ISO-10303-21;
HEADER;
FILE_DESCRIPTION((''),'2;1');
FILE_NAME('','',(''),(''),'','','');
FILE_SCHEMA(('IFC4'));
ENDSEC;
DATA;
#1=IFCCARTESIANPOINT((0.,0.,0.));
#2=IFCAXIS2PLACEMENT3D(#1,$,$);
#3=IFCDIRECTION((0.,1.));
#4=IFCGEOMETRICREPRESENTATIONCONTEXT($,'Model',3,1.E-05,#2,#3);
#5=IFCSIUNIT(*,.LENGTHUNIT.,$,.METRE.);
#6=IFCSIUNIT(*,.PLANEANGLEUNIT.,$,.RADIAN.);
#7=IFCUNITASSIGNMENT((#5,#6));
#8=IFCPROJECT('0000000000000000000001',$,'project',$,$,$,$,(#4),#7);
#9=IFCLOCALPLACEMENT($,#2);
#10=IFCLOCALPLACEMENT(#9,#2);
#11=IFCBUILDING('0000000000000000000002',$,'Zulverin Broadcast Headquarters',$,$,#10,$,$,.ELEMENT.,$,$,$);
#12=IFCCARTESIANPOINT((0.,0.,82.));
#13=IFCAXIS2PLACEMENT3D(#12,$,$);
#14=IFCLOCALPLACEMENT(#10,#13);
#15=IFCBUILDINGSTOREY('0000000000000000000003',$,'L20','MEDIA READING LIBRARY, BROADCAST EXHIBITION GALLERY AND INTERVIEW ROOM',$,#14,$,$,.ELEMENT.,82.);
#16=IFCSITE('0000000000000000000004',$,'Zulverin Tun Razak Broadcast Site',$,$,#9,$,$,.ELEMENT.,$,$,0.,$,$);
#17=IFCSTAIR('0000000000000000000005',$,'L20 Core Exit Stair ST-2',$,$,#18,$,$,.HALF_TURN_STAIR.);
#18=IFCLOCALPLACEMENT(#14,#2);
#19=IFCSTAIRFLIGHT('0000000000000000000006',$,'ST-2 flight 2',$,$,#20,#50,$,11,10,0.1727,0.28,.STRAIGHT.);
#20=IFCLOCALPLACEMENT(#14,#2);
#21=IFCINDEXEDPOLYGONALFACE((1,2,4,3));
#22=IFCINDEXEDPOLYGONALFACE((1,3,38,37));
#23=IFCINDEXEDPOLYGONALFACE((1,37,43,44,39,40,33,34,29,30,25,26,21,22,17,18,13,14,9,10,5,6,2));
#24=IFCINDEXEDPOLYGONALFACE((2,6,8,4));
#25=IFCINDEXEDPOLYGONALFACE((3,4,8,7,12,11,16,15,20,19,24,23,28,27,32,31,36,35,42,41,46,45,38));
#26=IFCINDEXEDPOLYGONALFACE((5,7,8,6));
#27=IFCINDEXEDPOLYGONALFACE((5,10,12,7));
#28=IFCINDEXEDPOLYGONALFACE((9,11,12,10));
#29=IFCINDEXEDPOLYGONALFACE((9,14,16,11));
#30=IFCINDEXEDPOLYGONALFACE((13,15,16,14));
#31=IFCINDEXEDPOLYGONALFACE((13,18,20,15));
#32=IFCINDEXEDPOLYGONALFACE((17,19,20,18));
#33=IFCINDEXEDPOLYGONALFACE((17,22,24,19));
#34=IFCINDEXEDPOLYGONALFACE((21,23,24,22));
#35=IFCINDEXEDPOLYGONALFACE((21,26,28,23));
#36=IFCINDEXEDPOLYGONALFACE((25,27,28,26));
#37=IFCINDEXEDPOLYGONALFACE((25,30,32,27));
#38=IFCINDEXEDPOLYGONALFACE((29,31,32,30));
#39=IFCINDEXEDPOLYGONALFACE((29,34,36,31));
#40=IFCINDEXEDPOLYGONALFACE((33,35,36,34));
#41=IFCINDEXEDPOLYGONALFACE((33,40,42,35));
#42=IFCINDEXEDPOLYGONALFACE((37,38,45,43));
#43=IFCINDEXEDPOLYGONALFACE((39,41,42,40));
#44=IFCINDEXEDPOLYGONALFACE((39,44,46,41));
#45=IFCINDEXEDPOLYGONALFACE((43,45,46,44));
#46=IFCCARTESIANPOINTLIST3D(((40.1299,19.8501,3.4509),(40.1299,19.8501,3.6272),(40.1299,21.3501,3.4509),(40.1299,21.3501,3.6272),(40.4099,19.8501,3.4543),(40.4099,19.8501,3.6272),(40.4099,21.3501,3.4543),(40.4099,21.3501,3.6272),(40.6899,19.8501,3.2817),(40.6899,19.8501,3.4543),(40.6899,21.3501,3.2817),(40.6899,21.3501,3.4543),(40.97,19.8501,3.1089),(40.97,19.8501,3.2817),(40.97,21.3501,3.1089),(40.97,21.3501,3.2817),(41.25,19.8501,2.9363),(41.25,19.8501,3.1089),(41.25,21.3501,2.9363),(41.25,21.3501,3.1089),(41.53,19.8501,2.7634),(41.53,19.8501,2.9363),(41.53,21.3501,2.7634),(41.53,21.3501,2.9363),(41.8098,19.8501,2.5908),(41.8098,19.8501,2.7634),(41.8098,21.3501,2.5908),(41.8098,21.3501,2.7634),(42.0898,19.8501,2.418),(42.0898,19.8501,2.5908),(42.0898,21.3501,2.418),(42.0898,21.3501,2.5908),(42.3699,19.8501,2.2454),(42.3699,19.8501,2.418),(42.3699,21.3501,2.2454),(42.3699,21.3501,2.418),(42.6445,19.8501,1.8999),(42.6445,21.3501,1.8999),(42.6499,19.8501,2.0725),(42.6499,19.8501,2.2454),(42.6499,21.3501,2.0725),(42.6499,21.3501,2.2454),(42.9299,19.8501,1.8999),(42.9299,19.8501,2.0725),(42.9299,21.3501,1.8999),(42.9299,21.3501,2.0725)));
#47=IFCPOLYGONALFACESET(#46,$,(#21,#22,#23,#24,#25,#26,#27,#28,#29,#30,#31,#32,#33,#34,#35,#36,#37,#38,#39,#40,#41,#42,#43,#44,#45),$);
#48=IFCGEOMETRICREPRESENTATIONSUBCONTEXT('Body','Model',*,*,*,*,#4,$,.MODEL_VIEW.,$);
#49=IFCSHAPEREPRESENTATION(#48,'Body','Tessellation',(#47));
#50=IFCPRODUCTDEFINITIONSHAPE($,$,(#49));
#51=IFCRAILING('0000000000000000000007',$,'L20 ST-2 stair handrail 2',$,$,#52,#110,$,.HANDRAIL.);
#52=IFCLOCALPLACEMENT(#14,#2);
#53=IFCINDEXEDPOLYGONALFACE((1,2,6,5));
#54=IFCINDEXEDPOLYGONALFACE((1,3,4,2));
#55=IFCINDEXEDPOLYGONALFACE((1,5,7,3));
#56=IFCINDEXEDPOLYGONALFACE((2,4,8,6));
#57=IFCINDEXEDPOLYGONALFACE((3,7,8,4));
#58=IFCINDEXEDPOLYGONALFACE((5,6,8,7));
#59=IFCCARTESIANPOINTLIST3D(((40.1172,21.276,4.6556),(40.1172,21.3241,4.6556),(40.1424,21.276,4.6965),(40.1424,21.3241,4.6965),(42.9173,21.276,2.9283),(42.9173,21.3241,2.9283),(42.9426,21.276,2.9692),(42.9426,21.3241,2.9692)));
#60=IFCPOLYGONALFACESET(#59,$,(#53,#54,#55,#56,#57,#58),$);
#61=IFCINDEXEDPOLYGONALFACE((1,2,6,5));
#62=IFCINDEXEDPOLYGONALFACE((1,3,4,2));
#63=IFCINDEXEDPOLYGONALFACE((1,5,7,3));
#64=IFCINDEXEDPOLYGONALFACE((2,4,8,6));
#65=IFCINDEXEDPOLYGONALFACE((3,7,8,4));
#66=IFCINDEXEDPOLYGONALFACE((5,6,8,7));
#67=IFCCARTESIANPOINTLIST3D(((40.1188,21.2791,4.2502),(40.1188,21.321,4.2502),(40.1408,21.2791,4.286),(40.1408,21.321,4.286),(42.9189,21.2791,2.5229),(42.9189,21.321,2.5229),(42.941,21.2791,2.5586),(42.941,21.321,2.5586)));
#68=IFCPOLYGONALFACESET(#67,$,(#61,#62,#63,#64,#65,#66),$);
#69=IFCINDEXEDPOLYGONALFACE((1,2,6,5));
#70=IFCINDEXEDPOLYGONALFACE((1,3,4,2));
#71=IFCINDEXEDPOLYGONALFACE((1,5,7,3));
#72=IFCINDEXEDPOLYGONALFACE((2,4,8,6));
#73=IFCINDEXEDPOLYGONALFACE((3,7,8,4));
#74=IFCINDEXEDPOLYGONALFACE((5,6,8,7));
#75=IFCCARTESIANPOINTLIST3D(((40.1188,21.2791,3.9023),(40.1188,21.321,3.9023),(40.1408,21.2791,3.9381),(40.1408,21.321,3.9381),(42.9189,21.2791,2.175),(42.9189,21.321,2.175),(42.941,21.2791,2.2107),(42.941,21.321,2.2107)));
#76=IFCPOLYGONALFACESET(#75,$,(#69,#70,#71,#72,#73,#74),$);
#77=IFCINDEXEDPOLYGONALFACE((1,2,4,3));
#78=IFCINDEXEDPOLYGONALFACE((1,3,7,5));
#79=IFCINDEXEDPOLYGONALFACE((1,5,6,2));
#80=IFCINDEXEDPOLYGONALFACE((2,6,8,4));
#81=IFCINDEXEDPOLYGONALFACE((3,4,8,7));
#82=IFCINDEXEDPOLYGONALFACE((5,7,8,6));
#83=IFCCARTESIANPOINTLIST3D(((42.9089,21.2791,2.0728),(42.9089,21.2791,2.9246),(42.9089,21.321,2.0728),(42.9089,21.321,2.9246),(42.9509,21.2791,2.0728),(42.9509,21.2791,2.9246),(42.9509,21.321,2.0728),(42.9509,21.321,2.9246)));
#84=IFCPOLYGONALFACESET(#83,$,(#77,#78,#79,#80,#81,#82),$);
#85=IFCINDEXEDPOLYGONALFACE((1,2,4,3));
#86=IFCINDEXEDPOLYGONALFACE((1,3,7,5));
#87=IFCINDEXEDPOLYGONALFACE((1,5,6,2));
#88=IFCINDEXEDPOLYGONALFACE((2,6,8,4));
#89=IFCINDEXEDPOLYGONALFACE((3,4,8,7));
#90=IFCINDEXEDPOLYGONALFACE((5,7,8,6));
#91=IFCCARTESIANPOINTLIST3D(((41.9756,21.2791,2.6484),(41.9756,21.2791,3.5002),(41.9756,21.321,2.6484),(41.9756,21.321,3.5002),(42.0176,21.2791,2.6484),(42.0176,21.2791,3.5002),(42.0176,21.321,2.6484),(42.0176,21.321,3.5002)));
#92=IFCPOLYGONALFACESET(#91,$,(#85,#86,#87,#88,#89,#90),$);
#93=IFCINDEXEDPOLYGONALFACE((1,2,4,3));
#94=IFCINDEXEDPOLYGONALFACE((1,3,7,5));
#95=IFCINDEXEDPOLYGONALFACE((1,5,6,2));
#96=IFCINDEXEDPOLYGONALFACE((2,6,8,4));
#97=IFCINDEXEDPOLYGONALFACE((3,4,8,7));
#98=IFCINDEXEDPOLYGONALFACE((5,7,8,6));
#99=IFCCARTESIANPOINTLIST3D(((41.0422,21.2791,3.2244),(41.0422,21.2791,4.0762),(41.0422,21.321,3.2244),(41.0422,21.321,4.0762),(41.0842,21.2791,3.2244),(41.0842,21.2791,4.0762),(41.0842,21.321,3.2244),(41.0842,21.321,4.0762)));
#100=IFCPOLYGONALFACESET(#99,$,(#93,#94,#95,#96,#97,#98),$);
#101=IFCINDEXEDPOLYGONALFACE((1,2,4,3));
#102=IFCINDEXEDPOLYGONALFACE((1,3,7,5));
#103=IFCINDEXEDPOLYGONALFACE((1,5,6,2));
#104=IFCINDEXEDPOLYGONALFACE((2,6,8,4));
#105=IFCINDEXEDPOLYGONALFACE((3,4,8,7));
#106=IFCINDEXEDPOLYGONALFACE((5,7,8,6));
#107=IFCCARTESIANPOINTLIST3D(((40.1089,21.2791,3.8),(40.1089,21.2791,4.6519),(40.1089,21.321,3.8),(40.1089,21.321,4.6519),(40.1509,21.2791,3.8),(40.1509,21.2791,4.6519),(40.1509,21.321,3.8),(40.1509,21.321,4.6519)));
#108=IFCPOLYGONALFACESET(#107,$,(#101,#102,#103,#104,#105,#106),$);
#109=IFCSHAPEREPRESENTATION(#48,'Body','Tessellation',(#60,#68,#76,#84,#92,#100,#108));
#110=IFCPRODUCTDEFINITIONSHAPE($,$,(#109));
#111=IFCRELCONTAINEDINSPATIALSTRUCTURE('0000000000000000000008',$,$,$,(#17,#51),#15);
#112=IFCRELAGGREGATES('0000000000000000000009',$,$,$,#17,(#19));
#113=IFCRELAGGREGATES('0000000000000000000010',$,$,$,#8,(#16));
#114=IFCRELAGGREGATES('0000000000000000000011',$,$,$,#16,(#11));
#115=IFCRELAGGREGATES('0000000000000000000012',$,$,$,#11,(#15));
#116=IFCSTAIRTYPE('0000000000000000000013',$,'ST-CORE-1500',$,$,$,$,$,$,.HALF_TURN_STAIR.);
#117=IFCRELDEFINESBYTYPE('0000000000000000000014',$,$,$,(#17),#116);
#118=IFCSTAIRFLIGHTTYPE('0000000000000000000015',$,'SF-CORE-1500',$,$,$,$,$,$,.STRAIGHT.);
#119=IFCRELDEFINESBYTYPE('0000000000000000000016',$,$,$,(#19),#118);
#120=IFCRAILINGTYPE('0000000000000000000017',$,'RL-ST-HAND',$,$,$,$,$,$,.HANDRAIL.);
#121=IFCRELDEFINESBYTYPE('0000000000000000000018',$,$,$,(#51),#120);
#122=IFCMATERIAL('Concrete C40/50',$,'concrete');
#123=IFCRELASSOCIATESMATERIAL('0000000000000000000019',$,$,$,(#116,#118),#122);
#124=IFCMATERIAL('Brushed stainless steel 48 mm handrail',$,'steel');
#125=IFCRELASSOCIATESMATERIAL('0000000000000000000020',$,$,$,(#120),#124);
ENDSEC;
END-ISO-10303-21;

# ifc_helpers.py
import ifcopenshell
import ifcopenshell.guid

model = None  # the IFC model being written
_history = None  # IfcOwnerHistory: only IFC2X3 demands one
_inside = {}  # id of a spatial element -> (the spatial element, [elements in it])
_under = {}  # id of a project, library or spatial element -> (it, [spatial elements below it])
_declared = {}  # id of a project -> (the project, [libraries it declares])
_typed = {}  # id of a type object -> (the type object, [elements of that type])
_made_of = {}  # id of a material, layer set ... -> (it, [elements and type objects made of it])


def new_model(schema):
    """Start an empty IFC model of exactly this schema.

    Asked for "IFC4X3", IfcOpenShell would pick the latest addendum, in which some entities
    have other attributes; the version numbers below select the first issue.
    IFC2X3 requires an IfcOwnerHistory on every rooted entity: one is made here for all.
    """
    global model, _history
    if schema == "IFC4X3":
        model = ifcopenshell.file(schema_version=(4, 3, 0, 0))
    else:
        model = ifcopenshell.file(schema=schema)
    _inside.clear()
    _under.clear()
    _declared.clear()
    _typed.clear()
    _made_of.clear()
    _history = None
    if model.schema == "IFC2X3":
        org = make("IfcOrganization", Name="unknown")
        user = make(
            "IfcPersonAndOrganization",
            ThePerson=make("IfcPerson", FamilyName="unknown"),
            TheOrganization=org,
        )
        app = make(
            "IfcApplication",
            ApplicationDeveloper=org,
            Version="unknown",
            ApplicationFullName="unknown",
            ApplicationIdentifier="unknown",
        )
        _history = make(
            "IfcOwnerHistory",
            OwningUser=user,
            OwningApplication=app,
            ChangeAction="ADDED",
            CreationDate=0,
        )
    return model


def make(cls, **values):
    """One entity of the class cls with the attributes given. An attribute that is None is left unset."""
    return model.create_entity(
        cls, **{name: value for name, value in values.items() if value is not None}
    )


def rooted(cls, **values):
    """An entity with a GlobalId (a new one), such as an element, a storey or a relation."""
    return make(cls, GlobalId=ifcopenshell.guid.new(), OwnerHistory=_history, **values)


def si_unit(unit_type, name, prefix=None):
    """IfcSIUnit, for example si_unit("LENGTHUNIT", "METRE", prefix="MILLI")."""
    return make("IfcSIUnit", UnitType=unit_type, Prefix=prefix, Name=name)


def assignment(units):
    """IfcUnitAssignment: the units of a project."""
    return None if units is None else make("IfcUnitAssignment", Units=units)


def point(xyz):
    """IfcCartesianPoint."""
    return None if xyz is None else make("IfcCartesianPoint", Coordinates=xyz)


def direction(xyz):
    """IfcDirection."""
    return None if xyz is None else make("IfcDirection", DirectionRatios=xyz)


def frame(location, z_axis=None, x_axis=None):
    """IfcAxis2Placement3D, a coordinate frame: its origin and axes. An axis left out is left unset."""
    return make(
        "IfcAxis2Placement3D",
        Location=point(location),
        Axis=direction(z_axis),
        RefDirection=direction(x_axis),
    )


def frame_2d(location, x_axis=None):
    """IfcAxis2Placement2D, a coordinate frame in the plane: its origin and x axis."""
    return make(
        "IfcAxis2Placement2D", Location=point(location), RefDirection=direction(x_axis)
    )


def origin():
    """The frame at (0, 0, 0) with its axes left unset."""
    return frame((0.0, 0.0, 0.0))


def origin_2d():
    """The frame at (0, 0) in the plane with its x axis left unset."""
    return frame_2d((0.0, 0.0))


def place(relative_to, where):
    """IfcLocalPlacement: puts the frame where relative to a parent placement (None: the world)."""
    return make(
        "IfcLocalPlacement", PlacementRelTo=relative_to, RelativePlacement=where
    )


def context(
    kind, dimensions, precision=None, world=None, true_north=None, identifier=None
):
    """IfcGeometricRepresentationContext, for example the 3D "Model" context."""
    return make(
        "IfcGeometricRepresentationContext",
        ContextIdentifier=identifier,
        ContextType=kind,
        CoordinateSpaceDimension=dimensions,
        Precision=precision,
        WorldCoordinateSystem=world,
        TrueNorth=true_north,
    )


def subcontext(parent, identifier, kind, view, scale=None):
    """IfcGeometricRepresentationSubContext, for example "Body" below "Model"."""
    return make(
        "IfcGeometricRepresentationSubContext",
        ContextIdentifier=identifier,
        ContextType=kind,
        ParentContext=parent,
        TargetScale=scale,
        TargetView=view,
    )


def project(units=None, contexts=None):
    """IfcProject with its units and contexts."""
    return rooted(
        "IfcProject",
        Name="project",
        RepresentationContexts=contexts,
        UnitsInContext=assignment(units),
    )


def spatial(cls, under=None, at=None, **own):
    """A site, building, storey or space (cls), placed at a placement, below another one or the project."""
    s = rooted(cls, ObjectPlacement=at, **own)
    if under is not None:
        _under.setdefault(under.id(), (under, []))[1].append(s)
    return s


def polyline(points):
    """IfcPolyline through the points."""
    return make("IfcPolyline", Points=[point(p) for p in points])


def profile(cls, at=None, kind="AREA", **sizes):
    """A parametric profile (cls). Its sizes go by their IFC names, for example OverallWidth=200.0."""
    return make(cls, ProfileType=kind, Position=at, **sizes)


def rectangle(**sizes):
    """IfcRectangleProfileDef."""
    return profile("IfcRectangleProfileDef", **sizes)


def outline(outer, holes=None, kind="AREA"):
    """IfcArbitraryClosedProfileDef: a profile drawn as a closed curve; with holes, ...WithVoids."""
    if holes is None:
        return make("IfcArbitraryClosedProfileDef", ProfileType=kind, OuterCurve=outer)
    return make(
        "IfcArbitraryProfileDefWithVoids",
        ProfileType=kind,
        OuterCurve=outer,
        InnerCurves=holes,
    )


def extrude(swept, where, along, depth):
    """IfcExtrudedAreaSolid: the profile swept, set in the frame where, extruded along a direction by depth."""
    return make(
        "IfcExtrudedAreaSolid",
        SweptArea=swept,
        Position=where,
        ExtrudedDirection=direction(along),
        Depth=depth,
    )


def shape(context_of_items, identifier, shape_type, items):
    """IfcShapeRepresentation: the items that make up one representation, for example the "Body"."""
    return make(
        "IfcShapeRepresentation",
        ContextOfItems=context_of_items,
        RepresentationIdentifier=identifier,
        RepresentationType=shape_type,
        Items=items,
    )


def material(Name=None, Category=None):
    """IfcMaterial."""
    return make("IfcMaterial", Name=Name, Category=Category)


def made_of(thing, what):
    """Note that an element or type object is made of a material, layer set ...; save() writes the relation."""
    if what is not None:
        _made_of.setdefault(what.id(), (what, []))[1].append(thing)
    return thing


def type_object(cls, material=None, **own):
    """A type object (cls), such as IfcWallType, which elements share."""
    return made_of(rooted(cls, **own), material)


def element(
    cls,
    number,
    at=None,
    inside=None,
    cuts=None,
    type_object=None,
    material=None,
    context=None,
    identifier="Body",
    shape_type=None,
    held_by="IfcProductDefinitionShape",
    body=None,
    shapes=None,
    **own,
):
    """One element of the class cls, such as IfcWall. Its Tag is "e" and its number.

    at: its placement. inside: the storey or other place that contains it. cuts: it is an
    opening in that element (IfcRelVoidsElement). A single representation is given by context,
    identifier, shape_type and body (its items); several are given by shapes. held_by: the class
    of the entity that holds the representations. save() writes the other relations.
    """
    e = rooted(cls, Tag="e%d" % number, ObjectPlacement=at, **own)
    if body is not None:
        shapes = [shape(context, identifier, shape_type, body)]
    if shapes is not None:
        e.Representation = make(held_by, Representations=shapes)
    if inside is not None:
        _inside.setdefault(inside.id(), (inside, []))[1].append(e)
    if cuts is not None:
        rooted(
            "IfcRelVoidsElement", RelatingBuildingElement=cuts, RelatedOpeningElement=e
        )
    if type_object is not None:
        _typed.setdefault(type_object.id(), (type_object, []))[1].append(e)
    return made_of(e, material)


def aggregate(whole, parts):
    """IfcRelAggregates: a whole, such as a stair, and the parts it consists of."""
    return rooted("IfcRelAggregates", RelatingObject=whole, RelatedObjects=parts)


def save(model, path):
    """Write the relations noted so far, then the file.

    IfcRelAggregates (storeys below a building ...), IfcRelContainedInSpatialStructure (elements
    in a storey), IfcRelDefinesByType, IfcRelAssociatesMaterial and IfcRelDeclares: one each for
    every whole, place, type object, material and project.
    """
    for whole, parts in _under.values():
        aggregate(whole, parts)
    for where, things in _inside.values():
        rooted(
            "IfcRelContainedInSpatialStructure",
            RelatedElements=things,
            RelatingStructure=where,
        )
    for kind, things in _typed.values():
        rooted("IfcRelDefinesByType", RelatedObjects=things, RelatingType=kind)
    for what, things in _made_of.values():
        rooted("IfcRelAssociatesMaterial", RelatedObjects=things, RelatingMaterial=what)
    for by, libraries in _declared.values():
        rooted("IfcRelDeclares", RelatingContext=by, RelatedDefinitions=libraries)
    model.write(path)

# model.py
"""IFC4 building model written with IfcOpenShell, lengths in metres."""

from ifc_helpers import new_model, si_unit, direction, frame, origin, origin_2d, place, context, subcontext, project, spatial, polyline, rectangle, outline, extrude, material, type_object, element, aggregate, save


model = new_model("IFC4")

# Units and contexts
model_context = context("Model", 3, precision=1e-05, world=origin(), true_north=direction((0.0, 1.0)))
body_context = subcontext(model_context, "Body", "Model", "MODEL_VIEW")
ifc_project = project(units=[si_unit("LENGTHUNIT", "METRE"), si_unit("PLANEANGLEUNIT", "RADIAN")], contexts=[model_context])

# Site, building, storey
site_placement = place(None, origin())
site = spatial("IfcSite", under=ifc_project, at=site_placement, Name="Zulverin Tun Razak Broadcast Site", CompositionType="ELEMENT", RefElevation=0.0)
building_placement = place(site_placement, origin())
building = spatial("IfcBuilding", under=site, at=building_placement, Name="Zulverin Broadcast Headquarters", CompositionType="ELEMENT")
storey_placement = place(building_placement, frame((0.0, 0.0, 82.0)))
storey = spatial("IfcBuildingStorey", under=building, at=storey_placement, Name="L20", Description="MEDIA READING LIBRARY, BROADCAST EXHIBITION GALLERY AND INTERVIEW ROOM", CompositionType="ELEMENT", Elevation=82.0)

# Shared definitions
ifc_material_1 = material(Name="Concrete C40/50", Category="concrete")

# Stair, stair flight
stair_type = type_object("IfcStairType", Name="ST-CORE-1500", PredefinedType="HALF_TURN_STAIR", material=ifc_material_1)
stair_placement = place(storey_placement, origin())
stair = element("IfcStair", 1, at=stair_placement, inside=storey, type_object=stair_type, Name="L20 Core Exit Stair ST-2", PredefinedType="HALF_TURN_STAIR")
stair_flight_type = type_object("IfcStairFlightType", Name="SF-CORE-1500", PredefinedType="STRAIGHT", material=ifc_material_1)
stair_flight_placement = place(storey_placement, frame((42.9299, 20.6001, 1.8999), z_axis=(0.0, 0.0, 1.0), x_axis=(-1.0, 0.0, 0.0)))
stair_flight = element("IfcStairFlight", 2, at=stair_flight_placement, type_object=stair_flight_type, Name="ST-2 flight 2", NumberOfRisers=11, NumberOfTreads=10, PredefinedType="STRAIGHT", RiserHeight=0.1727, TreadLength=0.28, context=body_context, shape_type="SweptSolid", body=[
    extrude(outline(polyline([(0.0, 0.0), (0.0, 0.1726), (0.28, 0.1726), (0.28, 0.3455), (0.5601, 0.3455), (0.5601, 0.5181), (0.8401, 0.5181), (0.8401, 0.6909), (1.1201, 0.6909), (1.1201, 0.8635), (1.3999, 0.8635), (1.3999, 1.0364), (1.6799, 1.0364), (1.6799, 1.209), (1.96, 1.209), (1.96, 1.3818), (2.24, 1.3818), (2.24, 1.5544), (2.52, 1.5544), (2.52, 1.7273), (2.8, 1.7273), (2.8, 1.8999), (2.8, 1.551), (0.2854, 0.0), (0.0, 0.0)])), frame((0.0, 0.75, 0.0), z_axis=(0.0, -1.0, 0.0), x_axis=(1.0, 0.0, 0.0)), (0.0, 0.0, 1.0), 1.5),
])
aggregate(stair, [stair_flight])

# Railing
ifc_material_2 = material(Name="Brushed stainless steel 48 mm handrail", Category="steel")
railing_type = type_object("IfcRailingType", Name="RL-ST-HAND", PredefinedType="HANDRAIL", material=ifc_material_2)
railing_placement = place(storey_placement, frame((42.9299, 21.3, 2.0728)))
element("IfcRailing", 3, at=railing_placement, inside=storey, type_object=railing_type, Name="L20 ST-2 stair handrail 2", PredefinedType="HANDRAIL", context=body_context, shape_type="SweptSolid", body=[
    extrude(rectangle(XDim=0.0481, YDim=0.0481, at=origin_2d()), frame((0.0, 0.0, 0.876), z_axis=(-0.85109, 0.0, 0.52502), x_axis=(0.0, -1.0, 0.0)), (0.0, 0.0, 1.0), 3.29),
    extrude(rectangle(XDim=0.042, YDim=0.042, at=origin_2d()), frame((0.0, 0.0, 0.468), z_axis=(-0.85109, 0.0, 0.52502), x_axis=(0.0, -1.0, 0.0)), (0.0, 0.0, 1.0), 3.29),
    extrude(rectangle(XDim=0.042, YDim=0.042, at=origin_2d()), frame((0.0, 0.0, 0.1201), z_axis=(-0.85109, 0.0, 0.52502), x_axis=(0.0, -1.0, 0.0)), (0.0, 0.0, 1.0), 3.29),
    extrude(rectangle(XDim=0.042, YDim=0.042, at=origin_2d()), origin(), (0.0, 0.0, 1.0), 0.8518),
    extrude(rectangle(XDim=0.042, YDim=0.042, at=origin_2d()), frame((-0.9333, 0.0, 0.5757)), (0.0, 0.0, 1.0), 0.8518),
    extrude(rectangle(XDim=0.042, YDim=0.042, at=origin_2d()), frame((-1.8667, 0.0, 1.1516)), (0.0, 0.0, 1.0), 0.8518),
    extrude(rectangle(XDim=0.042, YDim=0.042, at=origin_2d()), frame((-2.8, 0.0, 1.7273)), (0.0, 0.0, 1.0), 0.8518),
])

save(model, "model.ifc")
